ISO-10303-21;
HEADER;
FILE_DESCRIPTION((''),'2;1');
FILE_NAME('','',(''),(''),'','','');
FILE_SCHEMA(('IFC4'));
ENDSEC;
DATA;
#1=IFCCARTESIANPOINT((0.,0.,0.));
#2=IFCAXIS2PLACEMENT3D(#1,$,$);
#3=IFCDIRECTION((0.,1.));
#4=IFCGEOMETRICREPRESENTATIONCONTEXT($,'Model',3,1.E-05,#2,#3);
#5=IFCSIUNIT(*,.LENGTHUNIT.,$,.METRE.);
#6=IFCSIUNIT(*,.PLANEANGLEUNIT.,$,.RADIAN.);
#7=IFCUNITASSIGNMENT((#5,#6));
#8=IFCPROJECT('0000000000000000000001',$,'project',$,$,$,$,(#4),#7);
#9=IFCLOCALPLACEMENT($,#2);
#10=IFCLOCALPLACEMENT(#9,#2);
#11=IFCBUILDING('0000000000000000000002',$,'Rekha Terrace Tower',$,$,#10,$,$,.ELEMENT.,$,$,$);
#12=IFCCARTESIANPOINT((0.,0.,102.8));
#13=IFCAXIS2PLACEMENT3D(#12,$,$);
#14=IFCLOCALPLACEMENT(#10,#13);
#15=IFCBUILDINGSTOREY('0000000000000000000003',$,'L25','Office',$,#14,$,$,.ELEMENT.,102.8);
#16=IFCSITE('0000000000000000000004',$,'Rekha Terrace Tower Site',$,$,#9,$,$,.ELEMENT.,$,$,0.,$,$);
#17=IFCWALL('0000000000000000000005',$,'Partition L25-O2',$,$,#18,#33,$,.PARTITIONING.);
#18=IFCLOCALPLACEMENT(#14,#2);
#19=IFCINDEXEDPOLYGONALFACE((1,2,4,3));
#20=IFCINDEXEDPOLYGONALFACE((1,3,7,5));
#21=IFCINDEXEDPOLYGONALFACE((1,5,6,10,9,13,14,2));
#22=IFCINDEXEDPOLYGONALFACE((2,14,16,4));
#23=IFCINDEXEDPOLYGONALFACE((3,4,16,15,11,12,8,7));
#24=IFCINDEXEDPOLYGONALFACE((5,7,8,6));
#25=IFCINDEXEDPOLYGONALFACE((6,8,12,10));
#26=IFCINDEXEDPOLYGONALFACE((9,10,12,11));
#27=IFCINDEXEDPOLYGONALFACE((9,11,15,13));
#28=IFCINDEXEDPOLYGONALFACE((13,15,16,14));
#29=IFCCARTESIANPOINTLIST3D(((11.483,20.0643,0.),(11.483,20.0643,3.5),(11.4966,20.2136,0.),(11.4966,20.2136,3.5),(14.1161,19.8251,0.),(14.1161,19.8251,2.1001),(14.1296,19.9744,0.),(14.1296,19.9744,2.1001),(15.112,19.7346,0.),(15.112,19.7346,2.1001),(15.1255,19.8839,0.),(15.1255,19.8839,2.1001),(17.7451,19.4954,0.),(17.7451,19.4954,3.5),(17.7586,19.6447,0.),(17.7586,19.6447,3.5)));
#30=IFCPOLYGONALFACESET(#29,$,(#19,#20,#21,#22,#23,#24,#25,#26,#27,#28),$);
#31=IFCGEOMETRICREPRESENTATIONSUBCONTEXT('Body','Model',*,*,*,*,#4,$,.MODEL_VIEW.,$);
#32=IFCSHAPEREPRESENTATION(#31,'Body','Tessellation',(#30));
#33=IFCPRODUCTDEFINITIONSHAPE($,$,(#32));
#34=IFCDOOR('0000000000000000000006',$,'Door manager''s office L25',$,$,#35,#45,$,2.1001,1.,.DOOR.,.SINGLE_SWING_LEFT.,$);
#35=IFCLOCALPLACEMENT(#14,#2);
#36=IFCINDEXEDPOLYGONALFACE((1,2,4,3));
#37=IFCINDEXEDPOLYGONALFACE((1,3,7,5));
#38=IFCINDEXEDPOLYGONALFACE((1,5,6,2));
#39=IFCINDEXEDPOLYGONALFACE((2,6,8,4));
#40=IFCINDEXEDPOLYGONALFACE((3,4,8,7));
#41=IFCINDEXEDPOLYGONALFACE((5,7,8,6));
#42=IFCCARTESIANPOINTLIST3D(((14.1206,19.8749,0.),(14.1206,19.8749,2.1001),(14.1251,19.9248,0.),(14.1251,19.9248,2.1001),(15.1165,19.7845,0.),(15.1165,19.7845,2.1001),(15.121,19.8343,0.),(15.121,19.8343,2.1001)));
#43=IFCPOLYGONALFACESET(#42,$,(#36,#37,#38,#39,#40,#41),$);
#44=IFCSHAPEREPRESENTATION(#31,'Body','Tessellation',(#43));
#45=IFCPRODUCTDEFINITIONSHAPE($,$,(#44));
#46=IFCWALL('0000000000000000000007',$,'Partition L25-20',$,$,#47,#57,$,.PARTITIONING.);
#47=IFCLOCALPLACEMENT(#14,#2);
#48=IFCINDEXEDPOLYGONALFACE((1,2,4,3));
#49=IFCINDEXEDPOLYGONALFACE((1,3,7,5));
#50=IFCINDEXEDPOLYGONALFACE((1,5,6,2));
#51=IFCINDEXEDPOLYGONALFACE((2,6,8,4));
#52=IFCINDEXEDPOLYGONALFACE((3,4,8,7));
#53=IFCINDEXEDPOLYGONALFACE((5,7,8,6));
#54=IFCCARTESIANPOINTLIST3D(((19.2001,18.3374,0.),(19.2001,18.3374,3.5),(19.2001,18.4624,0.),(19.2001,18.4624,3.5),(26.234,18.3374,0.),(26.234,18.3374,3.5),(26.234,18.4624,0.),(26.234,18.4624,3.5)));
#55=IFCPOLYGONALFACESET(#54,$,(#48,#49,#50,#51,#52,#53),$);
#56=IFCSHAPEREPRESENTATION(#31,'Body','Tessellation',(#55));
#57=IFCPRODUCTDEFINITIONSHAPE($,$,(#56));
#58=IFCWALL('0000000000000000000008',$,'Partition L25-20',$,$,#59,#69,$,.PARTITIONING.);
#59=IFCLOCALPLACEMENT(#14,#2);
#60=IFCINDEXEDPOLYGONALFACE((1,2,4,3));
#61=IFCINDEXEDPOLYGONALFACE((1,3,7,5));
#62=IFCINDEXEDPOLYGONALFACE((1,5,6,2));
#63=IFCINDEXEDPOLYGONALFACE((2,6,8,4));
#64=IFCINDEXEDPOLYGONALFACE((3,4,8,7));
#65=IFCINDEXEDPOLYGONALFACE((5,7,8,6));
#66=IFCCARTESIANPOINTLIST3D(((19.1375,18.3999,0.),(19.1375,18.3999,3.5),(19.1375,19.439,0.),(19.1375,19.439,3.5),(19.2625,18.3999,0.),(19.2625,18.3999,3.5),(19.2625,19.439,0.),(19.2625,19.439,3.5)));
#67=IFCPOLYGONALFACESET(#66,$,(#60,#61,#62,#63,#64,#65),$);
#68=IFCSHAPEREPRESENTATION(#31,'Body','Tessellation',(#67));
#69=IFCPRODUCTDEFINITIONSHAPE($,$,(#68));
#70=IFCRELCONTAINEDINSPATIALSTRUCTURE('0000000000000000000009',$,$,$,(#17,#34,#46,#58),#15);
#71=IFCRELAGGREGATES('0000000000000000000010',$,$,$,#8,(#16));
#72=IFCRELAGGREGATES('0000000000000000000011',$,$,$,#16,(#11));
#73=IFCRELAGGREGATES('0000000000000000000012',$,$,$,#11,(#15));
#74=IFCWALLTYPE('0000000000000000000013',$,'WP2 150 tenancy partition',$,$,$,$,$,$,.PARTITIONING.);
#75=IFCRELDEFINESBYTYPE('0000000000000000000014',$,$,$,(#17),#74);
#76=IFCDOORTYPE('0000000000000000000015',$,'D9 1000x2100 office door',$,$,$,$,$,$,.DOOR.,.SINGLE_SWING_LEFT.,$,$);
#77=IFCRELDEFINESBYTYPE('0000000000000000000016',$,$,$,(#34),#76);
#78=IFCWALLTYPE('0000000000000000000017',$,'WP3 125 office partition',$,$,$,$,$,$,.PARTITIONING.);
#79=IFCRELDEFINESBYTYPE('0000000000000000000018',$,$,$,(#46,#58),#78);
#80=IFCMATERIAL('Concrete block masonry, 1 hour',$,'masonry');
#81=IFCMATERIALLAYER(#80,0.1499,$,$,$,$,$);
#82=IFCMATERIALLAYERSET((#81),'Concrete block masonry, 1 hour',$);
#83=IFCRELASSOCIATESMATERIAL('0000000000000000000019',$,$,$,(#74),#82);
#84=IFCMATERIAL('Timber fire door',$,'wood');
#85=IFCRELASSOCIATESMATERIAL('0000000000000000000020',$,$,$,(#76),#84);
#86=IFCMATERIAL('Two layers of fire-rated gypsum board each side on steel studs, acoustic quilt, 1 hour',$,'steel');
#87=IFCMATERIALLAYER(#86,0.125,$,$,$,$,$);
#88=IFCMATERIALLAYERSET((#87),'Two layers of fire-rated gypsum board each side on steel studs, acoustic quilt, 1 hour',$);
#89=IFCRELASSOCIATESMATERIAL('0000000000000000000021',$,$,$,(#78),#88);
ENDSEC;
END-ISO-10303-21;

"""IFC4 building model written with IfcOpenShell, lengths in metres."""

from ifc_helpers import new_model, si_unit, direction, frame, frame_2d, origin, place, context, subcontext, project, spatial, rectangle, extrude, material, layer, layer_set, type_object, element, fill, save


model = new_model("IFC4")

# Units and contexts
model_context = context("Model", 3, precision=1e-05, world=origin(), true_north=direction((0.0, 1.0)))
body_context = subcontext(model_context, "Body", "Model", "MODEL_VIEW")
ifc_project = project(units=[si_unit("LENGTHUNIT", "METRE"), si_unit("PLANEANGLEUNIT", "RADIAN")], contexts=[model_context])

# Site, building, storey
site_placement = place(None, origin())
site = spatial("IfcSite", under=ifc_project, at=site_placement, Name="Rekha Terrace Tower Site", CompositionType="ELEMENT", RefElevation=0.0)
building_placement = place(site_placement, origin())
building = spatial("IfcBuilding", under=site, at=building_placement, Name="Rekha Terrace Tower", CompositionType="ELEMENT")
storey_placement = place(building_placement, frame((0.0, 0.0, 102.8)))
storey = spatial("IfcBuildingStorey", under=building, at=storey_placement, Name="L25", Description="Office", CompositionType="ELEMENT", Elevation=102.8)

# Shared definitions
ifc_material_1 = material(Name="Concrete block masonry, 1 hour", Category="masonry")
ifc_layer_1 = layer(ifc_material_1, 0.1499)
ifc_layer_set_1 = layer_set([ifc_layer_1], Name="Concrete block masonry, 1 hour")
wall_type_1 = type_object("IfcWallType", Name="WP2 150 tenancy partition", PredefinedType="PARTITIONING", material=ifc_layer_set_1)

# Wall, opening, door
wall_1_placement = place(storey_placement, frame((17.752, 19.5701, 0.0), z_axis=(0.0, 0.0, 1.0), x_axis=(-0.995899, 0.090469, 0.0)))
wall_1 = element("IfcWall", 1, at=wall_1_placement, inside=storey, type_object=wall_type_1, Name="Partition L25-O2", PredefinedType="PARTITIONING", context=body_context, shape_type="SweptSolid", body=[
    extrude(rectangle(XDim=6.2878, YDim=0.1499, at=frame_2d((3.144, 0.0))), origin(), (0.0, 0.0, 1.0), 3.5),
])
opening_placement = place(wall_1_placement, frame((2.644, 0.0, 0.0)))
opening = element("IfcOpeningElement", 2, at=opening_placement, cuts=wall_1, PredefinedType="OPENING", context=body_context, shape_type="SweptSolid", body=[
    extrude(rectangle(XDim=1.0, YDim=2.1001, at=frame_2d((0.5, 1.05))), frame((0.0, 0.085, 0.0), z_axis=(0.0, -1.0, 0.0), x_axis=(1.0, 0.0, 0.0)), (0.0, 0.0, 1.0), 0.1699),
])
ifc_material_2 = material(Name="Timber fire door", Category="wood")
door_type = type_object("IfcDoorType", Name="D9 1000x2100 office door", OperationType="SINGLE_SWING_LEFT", PredefinedType="DOOR", material=ifc_material_2)
door_placement = place(opening_placement, origin())
door = element("IfcDoor", 3, at=door_placement, inside=storey, type_object=door_type, Name="Door manager's office L25", OperationType="SINGLE_SWING_LEFT", OverallHeight=2.1001, OverallWidth=1.0, PredefinedType="DOOR", context=body_context, shape_type="SweptSolid", body=[
    extrude(rectangle(XDim=1.0, YDim=2.1001, at=frame_2d((0.5, 1.05))), frame((0.0, 0.0249, 0.0), z_axis=(0.0, -1.0, 0.0), x_axis=(1.0, 0.0, 0.0)), (0.0, 0.0, 1.0), 0.05),
])
fill(opening, door)

# Walls
ifc_material_3 = material(Name="Two layers of fire-rated gypsum board each side on steel studs, acoustic quilt, 1 hour", Category="steel")
ifc_layer_2 = layer(ifc_material_3, 0.125)
ifc_layer_set_2 = layer_set([ifc_layer_2], Name="Two layers of fire-rated gypsum board each side on steel studs, acoustic quilt, 1 hour")
wall_type_2 = type_object("IfcWallType", Name="WP3 125 office partition", PredefinedType="PARTITIONING", material=ifc_layer_set_2)
wall_2_placement = place(storey_placement, frame((19.2, 18.3999, 0.0), z_axis=(0.0, 0.0, 1.0), x_axis=(1.0, 0.0, 0.0)))
element("IfcWall", 4, at=wall_2_placement, inside=storey, type_object=wall_type_2, Name="Partition L25-20", PredefinedType="PARTITIONING", context=body_context, shape_type="SweptSolid", body=[
    extrude(rectangle(XDim=7.0339, YDim=0.125, at=frame_2d((3.5171, 0.0))), origin(), (0.0, 0.0, 1.0), 3.5),
])
wall_3_placement = place(storey_placement, frame((19.2, 19.439, 0.0), z_axis=(0.0, 0.0, 1.0), x_axis=(0.0, -1.0, 0.0)))
element("IfcWall", 5, at=wall_3_placement, inside=storey, type_object=wall_type_2, Name="Partition L25-20", PredefinedType="PARTITIONING", context=body_context, shape_type="SweptSolid", body=[
    extrude(rectangle(XDim=1.0391, YDim=0.125, at=frame_2d((0.5195, 0.0))), origin(), (0.0, 0.0, 1.0), 3.5),
])

save(model, "model.ifc")
